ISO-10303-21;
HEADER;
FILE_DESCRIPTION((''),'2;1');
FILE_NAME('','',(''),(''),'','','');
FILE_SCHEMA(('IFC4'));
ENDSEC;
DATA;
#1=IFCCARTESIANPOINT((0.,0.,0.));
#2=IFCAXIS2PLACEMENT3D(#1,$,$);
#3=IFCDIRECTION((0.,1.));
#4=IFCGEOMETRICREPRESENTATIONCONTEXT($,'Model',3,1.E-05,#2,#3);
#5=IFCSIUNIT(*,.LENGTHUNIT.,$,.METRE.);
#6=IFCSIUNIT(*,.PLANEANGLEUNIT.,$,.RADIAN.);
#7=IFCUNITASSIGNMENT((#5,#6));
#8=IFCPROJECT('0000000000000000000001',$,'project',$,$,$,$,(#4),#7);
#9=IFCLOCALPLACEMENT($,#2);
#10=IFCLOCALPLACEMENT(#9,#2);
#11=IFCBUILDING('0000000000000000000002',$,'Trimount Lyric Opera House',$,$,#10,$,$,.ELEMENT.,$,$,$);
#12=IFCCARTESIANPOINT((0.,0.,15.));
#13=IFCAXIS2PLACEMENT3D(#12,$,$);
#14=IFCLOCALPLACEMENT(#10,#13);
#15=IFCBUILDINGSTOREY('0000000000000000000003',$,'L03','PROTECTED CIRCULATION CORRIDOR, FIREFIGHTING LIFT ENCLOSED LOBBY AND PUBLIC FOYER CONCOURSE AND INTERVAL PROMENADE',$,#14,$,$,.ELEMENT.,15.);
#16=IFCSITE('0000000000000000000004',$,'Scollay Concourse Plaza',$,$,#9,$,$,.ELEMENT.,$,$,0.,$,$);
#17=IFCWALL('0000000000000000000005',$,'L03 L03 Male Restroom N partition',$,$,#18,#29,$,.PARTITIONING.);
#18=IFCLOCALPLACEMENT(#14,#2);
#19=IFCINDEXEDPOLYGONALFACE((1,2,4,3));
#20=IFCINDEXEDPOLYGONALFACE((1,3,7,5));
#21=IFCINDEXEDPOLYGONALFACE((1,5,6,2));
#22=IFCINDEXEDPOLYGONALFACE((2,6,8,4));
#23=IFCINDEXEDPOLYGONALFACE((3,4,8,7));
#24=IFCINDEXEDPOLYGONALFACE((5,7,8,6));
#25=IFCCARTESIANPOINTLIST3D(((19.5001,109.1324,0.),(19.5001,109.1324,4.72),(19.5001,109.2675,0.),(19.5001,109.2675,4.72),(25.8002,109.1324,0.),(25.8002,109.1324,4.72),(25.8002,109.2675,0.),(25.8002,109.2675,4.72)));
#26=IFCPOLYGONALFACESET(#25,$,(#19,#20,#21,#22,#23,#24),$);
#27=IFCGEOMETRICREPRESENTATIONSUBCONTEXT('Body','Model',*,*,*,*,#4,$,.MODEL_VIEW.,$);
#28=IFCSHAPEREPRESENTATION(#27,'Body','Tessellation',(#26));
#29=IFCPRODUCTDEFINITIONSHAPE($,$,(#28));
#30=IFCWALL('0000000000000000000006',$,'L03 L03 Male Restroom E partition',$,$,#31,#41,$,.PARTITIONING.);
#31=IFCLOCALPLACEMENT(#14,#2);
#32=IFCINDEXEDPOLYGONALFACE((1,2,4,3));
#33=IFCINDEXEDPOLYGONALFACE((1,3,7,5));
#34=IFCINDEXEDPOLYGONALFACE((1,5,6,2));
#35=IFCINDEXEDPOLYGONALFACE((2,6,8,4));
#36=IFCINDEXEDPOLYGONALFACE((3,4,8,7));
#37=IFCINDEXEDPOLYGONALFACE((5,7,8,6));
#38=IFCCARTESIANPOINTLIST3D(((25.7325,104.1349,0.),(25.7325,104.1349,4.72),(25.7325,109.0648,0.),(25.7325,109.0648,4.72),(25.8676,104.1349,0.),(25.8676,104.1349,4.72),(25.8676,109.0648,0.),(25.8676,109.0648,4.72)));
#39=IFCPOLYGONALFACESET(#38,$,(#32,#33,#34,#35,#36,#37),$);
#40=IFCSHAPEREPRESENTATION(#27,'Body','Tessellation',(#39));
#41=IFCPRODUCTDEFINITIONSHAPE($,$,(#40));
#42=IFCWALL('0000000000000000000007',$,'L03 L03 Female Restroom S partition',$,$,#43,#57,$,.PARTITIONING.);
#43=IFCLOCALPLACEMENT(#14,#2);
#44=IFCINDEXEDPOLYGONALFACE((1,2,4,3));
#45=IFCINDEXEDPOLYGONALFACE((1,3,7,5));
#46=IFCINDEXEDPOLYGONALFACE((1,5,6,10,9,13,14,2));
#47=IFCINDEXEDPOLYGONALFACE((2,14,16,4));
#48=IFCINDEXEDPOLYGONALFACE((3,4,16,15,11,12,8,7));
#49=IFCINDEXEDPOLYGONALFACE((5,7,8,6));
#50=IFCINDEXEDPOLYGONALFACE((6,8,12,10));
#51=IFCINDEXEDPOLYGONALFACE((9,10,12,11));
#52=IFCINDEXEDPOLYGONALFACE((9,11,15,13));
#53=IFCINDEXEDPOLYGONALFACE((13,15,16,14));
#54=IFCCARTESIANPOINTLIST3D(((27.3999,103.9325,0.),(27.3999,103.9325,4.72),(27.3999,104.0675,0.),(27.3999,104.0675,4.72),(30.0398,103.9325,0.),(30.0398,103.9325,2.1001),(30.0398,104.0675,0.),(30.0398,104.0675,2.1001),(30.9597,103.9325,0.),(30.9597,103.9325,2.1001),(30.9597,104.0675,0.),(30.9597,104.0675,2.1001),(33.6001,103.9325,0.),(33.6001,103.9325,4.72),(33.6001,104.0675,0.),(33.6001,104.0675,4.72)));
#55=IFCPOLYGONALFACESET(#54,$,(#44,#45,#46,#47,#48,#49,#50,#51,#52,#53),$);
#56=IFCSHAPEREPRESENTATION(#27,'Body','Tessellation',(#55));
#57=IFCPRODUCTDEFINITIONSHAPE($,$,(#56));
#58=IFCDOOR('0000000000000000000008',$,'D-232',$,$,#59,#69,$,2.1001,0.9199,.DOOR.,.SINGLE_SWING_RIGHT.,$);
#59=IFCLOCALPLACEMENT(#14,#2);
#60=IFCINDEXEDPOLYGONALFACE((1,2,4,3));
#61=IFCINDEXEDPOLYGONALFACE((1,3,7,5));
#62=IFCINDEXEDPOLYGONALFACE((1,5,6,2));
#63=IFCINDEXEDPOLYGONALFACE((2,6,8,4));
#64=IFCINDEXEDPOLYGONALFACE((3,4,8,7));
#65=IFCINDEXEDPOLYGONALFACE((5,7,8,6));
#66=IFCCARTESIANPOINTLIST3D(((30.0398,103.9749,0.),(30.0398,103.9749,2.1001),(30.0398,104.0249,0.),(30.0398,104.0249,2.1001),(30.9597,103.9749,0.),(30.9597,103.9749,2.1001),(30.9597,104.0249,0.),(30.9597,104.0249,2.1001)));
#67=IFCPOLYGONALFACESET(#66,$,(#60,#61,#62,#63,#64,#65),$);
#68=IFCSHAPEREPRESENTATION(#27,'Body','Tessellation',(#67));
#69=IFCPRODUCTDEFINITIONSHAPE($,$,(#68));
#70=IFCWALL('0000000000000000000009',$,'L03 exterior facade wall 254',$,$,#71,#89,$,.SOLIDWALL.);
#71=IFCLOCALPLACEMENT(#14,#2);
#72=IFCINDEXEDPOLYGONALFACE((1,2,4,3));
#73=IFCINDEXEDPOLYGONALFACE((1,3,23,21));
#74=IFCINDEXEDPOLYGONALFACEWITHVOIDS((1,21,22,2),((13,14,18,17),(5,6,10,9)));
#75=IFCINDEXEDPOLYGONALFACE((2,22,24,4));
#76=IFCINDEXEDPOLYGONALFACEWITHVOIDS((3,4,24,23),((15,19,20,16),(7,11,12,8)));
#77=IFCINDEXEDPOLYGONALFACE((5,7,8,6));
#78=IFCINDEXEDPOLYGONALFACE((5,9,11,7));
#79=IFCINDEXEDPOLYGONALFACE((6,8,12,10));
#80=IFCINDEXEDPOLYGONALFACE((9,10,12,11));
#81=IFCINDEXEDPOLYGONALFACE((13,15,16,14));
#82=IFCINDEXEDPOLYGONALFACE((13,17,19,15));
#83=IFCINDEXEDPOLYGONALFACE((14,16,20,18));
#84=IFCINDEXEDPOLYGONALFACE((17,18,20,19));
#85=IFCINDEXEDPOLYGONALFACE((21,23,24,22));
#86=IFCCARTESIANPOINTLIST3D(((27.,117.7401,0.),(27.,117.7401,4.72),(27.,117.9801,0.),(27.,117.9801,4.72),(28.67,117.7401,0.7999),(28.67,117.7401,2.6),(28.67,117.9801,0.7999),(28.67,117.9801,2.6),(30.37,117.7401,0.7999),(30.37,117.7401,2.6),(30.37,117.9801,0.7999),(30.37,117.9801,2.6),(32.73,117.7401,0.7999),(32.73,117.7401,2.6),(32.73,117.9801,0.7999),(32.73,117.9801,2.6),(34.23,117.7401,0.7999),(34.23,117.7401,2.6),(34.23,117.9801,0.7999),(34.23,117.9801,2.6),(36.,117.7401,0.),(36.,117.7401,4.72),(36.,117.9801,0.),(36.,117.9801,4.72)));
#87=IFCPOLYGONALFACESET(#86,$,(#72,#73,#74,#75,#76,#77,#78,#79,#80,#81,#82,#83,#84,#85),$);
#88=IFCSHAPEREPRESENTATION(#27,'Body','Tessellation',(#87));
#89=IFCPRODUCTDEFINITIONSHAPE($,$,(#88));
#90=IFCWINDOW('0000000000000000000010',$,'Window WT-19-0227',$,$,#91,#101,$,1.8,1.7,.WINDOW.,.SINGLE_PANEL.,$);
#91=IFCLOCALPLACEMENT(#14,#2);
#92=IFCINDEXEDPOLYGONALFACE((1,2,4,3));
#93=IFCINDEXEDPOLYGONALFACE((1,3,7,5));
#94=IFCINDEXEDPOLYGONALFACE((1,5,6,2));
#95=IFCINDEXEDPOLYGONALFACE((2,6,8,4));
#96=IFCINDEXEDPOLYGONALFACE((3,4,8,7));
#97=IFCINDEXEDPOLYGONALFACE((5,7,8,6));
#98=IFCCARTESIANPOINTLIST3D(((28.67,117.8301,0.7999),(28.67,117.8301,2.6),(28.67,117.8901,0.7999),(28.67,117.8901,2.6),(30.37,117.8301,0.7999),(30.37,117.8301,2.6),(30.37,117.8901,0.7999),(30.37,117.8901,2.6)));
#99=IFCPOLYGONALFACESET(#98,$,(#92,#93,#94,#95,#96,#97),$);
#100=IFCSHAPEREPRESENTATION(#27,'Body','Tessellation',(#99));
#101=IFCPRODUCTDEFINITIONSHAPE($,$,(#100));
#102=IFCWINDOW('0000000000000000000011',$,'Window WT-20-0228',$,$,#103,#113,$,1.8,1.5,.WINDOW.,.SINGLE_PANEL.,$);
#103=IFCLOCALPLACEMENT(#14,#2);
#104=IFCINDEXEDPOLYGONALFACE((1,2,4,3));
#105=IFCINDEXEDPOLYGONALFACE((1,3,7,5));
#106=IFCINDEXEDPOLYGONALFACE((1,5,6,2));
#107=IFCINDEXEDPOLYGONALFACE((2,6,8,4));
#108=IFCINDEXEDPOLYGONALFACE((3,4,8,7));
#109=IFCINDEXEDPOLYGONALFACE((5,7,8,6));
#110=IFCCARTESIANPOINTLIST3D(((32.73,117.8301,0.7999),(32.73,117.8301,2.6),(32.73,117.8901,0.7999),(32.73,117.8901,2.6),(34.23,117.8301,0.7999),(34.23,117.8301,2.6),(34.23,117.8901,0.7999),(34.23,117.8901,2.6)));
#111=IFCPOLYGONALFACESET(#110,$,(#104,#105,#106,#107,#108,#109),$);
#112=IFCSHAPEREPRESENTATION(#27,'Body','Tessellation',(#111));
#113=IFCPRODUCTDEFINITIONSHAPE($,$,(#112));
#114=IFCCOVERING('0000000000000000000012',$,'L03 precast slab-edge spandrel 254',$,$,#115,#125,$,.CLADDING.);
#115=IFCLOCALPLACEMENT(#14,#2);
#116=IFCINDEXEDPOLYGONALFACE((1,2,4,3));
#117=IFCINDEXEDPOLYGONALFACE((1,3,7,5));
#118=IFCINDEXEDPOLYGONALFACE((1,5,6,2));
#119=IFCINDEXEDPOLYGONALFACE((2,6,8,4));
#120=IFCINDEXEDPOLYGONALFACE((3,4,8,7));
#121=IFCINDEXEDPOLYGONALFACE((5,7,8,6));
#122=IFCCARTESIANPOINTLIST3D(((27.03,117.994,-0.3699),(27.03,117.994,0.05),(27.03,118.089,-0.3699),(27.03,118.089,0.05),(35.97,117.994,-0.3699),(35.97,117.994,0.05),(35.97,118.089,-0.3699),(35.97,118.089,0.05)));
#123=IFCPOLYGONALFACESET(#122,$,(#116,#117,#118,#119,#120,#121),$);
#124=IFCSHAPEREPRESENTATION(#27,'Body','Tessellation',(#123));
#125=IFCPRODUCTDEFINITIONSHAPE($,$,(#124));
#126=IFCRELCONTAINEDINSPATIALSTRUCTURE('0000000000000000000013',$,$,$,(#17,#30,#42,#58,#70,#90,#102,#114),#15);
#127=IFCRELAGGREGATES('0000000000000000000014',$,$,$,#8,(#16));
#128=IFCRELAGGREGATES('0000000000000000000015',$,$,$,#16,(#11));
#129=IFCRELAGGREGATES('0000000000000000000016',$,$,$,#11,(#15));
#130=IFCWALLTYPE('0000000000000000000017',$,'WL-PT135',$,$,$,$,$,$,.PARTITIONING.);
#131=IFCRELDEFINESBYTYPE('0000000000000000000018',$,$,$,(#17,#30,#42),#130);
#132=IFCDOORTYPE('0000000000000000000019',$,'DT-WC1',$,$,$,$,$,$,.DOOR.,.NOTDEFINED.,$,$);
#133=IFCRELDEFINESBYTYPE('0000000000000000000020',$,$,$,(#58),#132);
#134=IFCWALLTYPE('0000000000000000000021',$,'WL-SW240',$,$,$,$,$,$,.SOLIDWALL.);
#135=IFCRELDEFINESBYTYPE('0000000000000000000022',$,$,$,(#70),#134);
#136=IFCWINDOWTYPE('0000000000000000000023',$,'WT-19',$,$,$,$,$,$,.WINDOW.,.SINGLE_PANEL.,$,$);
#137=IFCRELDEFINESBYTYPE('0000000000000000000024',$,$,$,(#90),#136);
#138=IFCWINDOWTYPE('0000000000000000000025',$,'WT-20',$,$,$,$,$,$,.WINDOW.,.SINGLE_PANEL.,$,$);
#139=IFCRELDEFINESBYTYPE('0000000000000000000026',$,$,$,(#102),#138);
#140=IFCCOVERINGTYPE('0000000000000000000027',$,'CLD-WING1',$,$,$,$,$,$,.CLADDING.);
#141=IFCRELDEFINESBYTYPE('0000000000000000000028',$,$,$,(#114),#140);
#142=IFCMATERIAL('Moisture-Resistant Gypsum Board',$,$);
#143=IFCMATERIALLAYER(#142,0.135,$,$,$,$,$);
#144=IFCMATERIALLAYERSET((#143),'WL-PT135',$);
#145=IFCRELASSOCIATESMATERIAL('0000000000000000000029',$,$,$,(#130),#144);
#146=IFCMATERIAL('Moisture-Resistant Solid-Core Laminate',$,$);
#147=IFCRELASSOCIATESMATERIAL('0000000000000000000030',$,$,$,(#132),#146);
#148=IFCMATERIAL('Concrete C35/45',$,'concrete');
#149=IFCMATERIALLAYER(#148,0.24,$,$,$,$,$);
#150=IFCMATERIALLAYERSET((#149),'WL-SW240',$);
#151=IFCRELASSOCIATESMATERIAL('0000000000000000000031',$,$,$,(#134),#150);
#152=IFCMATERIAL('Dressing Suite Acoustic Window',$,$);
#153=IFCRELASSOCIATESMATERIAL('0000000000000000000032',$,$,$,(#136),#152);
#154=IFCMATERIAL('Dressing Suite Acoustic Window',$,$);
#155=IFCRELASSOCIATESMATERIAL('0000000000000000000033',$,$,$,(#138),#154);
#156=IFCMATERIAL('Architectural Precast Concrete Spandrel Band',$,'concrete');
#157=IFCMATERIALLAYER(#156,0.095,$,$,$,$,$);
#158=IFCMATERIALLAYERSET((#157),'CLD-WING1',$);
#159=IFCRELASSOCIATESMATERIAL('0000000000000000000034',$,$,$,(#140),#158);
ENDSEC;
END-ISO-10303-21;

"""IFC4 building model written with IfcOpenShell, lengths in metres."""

from ifc_helpers import new_model, si_unit, direction, frame, frame_2d, origin, origin_2d, place, context, subcontext, project, spatial, rectangle, extrude, material, layer, layer_set, type_object, element, fill, save


model = new_model("IFC4")

# Units and contexts
model_context = context("Model", 3, precision=1e-05, world=origin(), true_north=direction((0.0, 1.0)))
body_context = subcontext(model_context, "Body", "Model", "MODEL_VIEW")
ifc_project = project(units=[si_unit("LENGTHUNIT", "METRE"), si_unit("PLANEANGLEUNIT", "RADIAN")], contexts=[model_context])

# Site, building, storey
site_placement = place(None, origin())
site = spatial("IfcSite", under=ifc_project, at=site_placement, Name="Scollay Concourse Plaza", CompositionType="ELEMENT", RefElevation=0.0)
building_placement = place(site_placement, origin())
building = spatial("IfcBuilding", under=site, at=building_placement, Name="Trimount Lyric Opera House", CompositionType="ELEMENT")
storey_placement = place(building_placement, frame((0.0, 0.0, 15.0)))
storey = spatial("IfcBuildingStorey", under=building, at=storey_placement, Name="L03", Description="PROTECTED CIRCULATION CORRIDOR, FIREFIGHTING LIFT ENCLOSED LOBBY AND PUBLIC FOYER CONCOURSE AND INTERVAL PROMENADE", CompositionType="ELEMENT", Elevation=15.0)

# Walls
ifc_material_1 = material(Name="Moisture-Resistant Gypsum Board")
ifc_layer_1 = layer(ifc_material_1, 0.135)
ifc_layer_set_1 = layer_set([ifc_layer_1], Name="WL-PT135")
wall_type_1 = type_object("IfcWallType", Name="WL-PT135", PredefinedType="PARTITIONING", material=ifc_layer_set_1)
wall_1_placement = place(storey_placement, frame((25.8, 109.2, 0.0), z_axis=(0.0, 0.0, 1.0), x_axis=(-1.0, 0.0, 0.0)))
element("IfcWall", 1, at=wall_1_placement, inside=storey, type_object=wall_type_1, Name="L03 L03 Male Restroom N partition", PredefinedType="PARTITIONING", context=body_context, shape_type="SweptSolid", body=[
    extrude(rectangle(XDim=6.3, YDim=0.135, at=frame_2d((3.1499, 0.0))), origin(), (0.0, 0.0, 1.0), 4.72),
])
wall_2_placement = place(storey_placement, frame((25.8, 104.135, 0.0), z_axis=(0.0, 0.0, 1.0), x_axis=(0.0, 1.0, 0.0)))
element("IfcWall", 2, at=wall_2_placement, inside=storey, type_object=wall_type_1, Name="L03 L03 Male Restroom E partition", PredefinedType="PARTITIONING", context=body_context, shape_type="SweptSolid", body=[
    extrude(rectangle(XDim=4.9299, YDim=0.135, at=frame_2d((2.4648, 0.0))), origin(), (0.0, 0.0, 1.0), 4.72),
])

# Wall, opening, door
wall_3_placement = place(storey_placement, frame((27.3999, 104.0, 0.0), z_axis=(0.0, 0.0, 1.0), x_axis=(1.0, 0.0, 0.0)))
wall_3 = element("IfcWall", 3, at=wall_3_placement, inside=storey, type_object=wall_type_1, Name="L03 L03 Female Restroom S partition", PredefinedType="PARTITIONING", context=body_context, shape_type="SweptSolid", body=[
    extrude(rectangle(XDim=6.2002, YDim=0.135, at=frame_2d((3.1001, 0.0))), origin(), (0.0, 0.0, 1.0), 4.72),
])
opening_1_placement = place(wall_3_placement, frame((2.6399, 0.0, 0.0)))
opening_1 = element("IfcOpeningElement", 4, at=opening_1_placement, cuts=wall_3, PredefinedType="OPENING", context=body_context, shape_type="SweptSolid", body=[
    extrude(rectangle(XDim=0.9199, YDim=2.1001, at=frame_2d((0.46, 1.05))), frame((0.0, 0.0776, 0.0), z_axis=(0.0, -1.0, 0.0), x_axis=(1.0, 0.0, 0.0)), (0.0, 0.0, 1.0), 0.155),
])
ifc_material_2 = material(Name="Moisture-Resistant Solid-Core Laminate")
door_type = type_object("IfcDoorType", Name="DT-WC1", OperationType="NOTDEFINED", PredefinedType="DOOR", material=ifc_material_2)
door_placement = place(opening_1_placement, origin())
door = element("IfcDoor", 5, at=door_placement, inside=storey, type_object=door_type, Name="D-232", OperationType="SINGLE_SWING_RIGHT", OverallHeight=2.1001, OverallWidth=0.9199, PredefinedType="DOOR", context=body_context, shape_type="SweptSolid", body=[
    extrude(rectangle(XDim=0.9199, YDim=2.1001, at=frame_2d((0.46, 1.05))), frame((0.0, 0.0249, 0.0), z_axis=(0.0, -1.0, 0.0), x_axis=(1.0, 0.0, 0.0)), (0.0, 0.0, 1.0), 0.05),
])
fill(opening_1, door)

# Wall, openings, windows
ifc_material_3 = material(Name="Concrete C35/45", Category="concrete")
ifc_layer_2 = layer(ifc_material_3, 0.24)
ifc_layer_set_2 = layer_set([ifc_layer_2], Name="WL-SW240")
wall_type_2 = type_object("IfcWallType", Name="WL-SW240", PredefinedType="SOLIDWALL", material=ifc_layer_set_2)
wall_4_placement = place(storey_placement, frame((27.0, 117.8601, 0.0), z_axis=(0.0, 0.0, 1.0), x_axis=(1.0, 0.0, 0.0)))
wall_4 = element("IfcWall", 6, at=wall_4_placement, inside=storey, type_object=wall_type_2, Name="L03 exterior facade wall 254", PredefinedType="SOLIDWALL", context=body_context, shape_type="SweptSolid", body=[
    extrude(rectangle(XDim=9.0, YDim=0.24, at=frame_2d((4.5, 0.0))), origin(), (0.0, 0.0, 1.0), 4.72),
])
opening_2_placement = place(wall_4_placement, frame((1.6699, 0.0, 0.8)))
opening_2 = element("IfcOpeningElement", 7, at=opening_2_placement, cuts=wall_4, PredefinedType="OPENING", context=body_context, shape_type="SweptSolid", body=[
    extrude(rectangle(XDim=1.7, YDim=1.8, at=frame_2d((0.8501, 0.8999))), frame((0.0, 0.1299, 0.0), z_axis=(0.0, -1.0, 0.0), x_axis=(1.0, 0.0, 0.0)), (0.0, 0.0, 1.0), 0.26),
])
opening_3_placement = place(wall_4_placement, frame((5.73, 0.0, 0.8)))
opening_3 = element("IfcOpeningElement", 8, at=opening_3_placement, cuts=wall_4, PredefinedType="OPENING", context=body_context, shape_type="SweptSolid", body=[
    extrude(rectangle(XDim=1.5, YDim=1.8, at=frame_2d((0.75, 0.8999))), frame((0.0, 0.1299, 0.0), z_axis=(0.0, -1.0, 0.0), x_axis=(1.0, 0.0, 0.0)), (0.0, 0.0, 1.0), 0.26),
])
ifc_material_4 = material(Name="Dressing Suite Acoustic Window")
window_type_1 = type_object("IfcWindowType", Name="WT-19", PartitioningType="SINGLE_PANEL", PredefinedType="WINDOW", material=ifc_material_4)
window_1_placement = place(opening_2_placement, origin())
window_1 = element("IfcWindow", 9, at=window_1_placement, inside=storey, type_object=window_type_1, Name="Window WT-19-0227", OverallHeight=1.8, OverallWidth=1.7, PartitioningType="SINGLE_PANEL", PredefinedType="WINDOW", context=body_context, shape_type="SweptSolid", body=[
    extrude(rectangle(XDim=1.7, YDim=1.8, at=frame_2d((0.8501, 0.8999))), frame((0.0, 0.03, 0.0), z_axis=(0.0, -1.0, 0.0), x_axis=(1.0, 0.0, 0.0)), (0.0, 0.0, 1.0), 0.0601),
])
fill(opening_2, window_1)
ifc_material_5 = material(Name="Dressing Suite Acoustic Window")
window_type_2 = type_object("IfcWindowType", Name="WT-20", PartitioningType="SINGLE_PANEL", PredefinedType="WINDOW", material=ifc_material_5)
window_2_placement = place(opening_3_placement, origin())
window_2 = element("IfcWindow", 10, at=window_2_placement, inside=storey, type_object=window_type_2, Name="Window WT-20-0228", OverallHeight=1.8, OverallWidth=1.5, PartitioningType="SINGLE_PANEL", PredefinedType="WINDOW", context=body_context, shape_type="SweptSolid", body=[
    extrude(rectangle(XDim=1.5, YDim=1.8, at=frame_2d((0.75, 0.8999))), frame((0.0, 0.03, 0.0), z_axis=(0.0, -1.0, 0.0), x_axis=(1.0, 0.0, 0.0)), (0.0, 0.0, 1.0), 0.0601),
])
fill(opening_3, window_2)

# Covering
ifc_material_6 = material(Name="Architectural Precast Concrete Spandrel Band", Category="concrete")
ifc_layer_3 = layer(ifc_material_6, 0.095)
ifc_layer_set_3 = layer_set([ifc_layer_3], Name="CLD-WING1")
covering_type = type_object("IfcCoveringType", Name="CLD-WING1", PredefinedType="CLADDING", material=ifc_layer_set_3)
covering_placement = place(storey_placement, frame((31.5, 118.0415, -0.3699), z_axis=(0.0, 0.0, 1.0), x_axis=(1.0, 0.0, 0.0)))
element("IfcCovering", 11, at=covering_placement, inside=storey, type_object=covering_type, Name="L03 precast slab-edge spandrel 254", PredefinedType="CLADDING", context=body_context, shape_type="SweptSolid", body=[
    extrude(rectangle(XDim=8.9399, YDim=0.095, at=origin_2d()), origin(), (0.0, 0.0, 1.0), 0.4199),
])

save(model, "model.ifc")
